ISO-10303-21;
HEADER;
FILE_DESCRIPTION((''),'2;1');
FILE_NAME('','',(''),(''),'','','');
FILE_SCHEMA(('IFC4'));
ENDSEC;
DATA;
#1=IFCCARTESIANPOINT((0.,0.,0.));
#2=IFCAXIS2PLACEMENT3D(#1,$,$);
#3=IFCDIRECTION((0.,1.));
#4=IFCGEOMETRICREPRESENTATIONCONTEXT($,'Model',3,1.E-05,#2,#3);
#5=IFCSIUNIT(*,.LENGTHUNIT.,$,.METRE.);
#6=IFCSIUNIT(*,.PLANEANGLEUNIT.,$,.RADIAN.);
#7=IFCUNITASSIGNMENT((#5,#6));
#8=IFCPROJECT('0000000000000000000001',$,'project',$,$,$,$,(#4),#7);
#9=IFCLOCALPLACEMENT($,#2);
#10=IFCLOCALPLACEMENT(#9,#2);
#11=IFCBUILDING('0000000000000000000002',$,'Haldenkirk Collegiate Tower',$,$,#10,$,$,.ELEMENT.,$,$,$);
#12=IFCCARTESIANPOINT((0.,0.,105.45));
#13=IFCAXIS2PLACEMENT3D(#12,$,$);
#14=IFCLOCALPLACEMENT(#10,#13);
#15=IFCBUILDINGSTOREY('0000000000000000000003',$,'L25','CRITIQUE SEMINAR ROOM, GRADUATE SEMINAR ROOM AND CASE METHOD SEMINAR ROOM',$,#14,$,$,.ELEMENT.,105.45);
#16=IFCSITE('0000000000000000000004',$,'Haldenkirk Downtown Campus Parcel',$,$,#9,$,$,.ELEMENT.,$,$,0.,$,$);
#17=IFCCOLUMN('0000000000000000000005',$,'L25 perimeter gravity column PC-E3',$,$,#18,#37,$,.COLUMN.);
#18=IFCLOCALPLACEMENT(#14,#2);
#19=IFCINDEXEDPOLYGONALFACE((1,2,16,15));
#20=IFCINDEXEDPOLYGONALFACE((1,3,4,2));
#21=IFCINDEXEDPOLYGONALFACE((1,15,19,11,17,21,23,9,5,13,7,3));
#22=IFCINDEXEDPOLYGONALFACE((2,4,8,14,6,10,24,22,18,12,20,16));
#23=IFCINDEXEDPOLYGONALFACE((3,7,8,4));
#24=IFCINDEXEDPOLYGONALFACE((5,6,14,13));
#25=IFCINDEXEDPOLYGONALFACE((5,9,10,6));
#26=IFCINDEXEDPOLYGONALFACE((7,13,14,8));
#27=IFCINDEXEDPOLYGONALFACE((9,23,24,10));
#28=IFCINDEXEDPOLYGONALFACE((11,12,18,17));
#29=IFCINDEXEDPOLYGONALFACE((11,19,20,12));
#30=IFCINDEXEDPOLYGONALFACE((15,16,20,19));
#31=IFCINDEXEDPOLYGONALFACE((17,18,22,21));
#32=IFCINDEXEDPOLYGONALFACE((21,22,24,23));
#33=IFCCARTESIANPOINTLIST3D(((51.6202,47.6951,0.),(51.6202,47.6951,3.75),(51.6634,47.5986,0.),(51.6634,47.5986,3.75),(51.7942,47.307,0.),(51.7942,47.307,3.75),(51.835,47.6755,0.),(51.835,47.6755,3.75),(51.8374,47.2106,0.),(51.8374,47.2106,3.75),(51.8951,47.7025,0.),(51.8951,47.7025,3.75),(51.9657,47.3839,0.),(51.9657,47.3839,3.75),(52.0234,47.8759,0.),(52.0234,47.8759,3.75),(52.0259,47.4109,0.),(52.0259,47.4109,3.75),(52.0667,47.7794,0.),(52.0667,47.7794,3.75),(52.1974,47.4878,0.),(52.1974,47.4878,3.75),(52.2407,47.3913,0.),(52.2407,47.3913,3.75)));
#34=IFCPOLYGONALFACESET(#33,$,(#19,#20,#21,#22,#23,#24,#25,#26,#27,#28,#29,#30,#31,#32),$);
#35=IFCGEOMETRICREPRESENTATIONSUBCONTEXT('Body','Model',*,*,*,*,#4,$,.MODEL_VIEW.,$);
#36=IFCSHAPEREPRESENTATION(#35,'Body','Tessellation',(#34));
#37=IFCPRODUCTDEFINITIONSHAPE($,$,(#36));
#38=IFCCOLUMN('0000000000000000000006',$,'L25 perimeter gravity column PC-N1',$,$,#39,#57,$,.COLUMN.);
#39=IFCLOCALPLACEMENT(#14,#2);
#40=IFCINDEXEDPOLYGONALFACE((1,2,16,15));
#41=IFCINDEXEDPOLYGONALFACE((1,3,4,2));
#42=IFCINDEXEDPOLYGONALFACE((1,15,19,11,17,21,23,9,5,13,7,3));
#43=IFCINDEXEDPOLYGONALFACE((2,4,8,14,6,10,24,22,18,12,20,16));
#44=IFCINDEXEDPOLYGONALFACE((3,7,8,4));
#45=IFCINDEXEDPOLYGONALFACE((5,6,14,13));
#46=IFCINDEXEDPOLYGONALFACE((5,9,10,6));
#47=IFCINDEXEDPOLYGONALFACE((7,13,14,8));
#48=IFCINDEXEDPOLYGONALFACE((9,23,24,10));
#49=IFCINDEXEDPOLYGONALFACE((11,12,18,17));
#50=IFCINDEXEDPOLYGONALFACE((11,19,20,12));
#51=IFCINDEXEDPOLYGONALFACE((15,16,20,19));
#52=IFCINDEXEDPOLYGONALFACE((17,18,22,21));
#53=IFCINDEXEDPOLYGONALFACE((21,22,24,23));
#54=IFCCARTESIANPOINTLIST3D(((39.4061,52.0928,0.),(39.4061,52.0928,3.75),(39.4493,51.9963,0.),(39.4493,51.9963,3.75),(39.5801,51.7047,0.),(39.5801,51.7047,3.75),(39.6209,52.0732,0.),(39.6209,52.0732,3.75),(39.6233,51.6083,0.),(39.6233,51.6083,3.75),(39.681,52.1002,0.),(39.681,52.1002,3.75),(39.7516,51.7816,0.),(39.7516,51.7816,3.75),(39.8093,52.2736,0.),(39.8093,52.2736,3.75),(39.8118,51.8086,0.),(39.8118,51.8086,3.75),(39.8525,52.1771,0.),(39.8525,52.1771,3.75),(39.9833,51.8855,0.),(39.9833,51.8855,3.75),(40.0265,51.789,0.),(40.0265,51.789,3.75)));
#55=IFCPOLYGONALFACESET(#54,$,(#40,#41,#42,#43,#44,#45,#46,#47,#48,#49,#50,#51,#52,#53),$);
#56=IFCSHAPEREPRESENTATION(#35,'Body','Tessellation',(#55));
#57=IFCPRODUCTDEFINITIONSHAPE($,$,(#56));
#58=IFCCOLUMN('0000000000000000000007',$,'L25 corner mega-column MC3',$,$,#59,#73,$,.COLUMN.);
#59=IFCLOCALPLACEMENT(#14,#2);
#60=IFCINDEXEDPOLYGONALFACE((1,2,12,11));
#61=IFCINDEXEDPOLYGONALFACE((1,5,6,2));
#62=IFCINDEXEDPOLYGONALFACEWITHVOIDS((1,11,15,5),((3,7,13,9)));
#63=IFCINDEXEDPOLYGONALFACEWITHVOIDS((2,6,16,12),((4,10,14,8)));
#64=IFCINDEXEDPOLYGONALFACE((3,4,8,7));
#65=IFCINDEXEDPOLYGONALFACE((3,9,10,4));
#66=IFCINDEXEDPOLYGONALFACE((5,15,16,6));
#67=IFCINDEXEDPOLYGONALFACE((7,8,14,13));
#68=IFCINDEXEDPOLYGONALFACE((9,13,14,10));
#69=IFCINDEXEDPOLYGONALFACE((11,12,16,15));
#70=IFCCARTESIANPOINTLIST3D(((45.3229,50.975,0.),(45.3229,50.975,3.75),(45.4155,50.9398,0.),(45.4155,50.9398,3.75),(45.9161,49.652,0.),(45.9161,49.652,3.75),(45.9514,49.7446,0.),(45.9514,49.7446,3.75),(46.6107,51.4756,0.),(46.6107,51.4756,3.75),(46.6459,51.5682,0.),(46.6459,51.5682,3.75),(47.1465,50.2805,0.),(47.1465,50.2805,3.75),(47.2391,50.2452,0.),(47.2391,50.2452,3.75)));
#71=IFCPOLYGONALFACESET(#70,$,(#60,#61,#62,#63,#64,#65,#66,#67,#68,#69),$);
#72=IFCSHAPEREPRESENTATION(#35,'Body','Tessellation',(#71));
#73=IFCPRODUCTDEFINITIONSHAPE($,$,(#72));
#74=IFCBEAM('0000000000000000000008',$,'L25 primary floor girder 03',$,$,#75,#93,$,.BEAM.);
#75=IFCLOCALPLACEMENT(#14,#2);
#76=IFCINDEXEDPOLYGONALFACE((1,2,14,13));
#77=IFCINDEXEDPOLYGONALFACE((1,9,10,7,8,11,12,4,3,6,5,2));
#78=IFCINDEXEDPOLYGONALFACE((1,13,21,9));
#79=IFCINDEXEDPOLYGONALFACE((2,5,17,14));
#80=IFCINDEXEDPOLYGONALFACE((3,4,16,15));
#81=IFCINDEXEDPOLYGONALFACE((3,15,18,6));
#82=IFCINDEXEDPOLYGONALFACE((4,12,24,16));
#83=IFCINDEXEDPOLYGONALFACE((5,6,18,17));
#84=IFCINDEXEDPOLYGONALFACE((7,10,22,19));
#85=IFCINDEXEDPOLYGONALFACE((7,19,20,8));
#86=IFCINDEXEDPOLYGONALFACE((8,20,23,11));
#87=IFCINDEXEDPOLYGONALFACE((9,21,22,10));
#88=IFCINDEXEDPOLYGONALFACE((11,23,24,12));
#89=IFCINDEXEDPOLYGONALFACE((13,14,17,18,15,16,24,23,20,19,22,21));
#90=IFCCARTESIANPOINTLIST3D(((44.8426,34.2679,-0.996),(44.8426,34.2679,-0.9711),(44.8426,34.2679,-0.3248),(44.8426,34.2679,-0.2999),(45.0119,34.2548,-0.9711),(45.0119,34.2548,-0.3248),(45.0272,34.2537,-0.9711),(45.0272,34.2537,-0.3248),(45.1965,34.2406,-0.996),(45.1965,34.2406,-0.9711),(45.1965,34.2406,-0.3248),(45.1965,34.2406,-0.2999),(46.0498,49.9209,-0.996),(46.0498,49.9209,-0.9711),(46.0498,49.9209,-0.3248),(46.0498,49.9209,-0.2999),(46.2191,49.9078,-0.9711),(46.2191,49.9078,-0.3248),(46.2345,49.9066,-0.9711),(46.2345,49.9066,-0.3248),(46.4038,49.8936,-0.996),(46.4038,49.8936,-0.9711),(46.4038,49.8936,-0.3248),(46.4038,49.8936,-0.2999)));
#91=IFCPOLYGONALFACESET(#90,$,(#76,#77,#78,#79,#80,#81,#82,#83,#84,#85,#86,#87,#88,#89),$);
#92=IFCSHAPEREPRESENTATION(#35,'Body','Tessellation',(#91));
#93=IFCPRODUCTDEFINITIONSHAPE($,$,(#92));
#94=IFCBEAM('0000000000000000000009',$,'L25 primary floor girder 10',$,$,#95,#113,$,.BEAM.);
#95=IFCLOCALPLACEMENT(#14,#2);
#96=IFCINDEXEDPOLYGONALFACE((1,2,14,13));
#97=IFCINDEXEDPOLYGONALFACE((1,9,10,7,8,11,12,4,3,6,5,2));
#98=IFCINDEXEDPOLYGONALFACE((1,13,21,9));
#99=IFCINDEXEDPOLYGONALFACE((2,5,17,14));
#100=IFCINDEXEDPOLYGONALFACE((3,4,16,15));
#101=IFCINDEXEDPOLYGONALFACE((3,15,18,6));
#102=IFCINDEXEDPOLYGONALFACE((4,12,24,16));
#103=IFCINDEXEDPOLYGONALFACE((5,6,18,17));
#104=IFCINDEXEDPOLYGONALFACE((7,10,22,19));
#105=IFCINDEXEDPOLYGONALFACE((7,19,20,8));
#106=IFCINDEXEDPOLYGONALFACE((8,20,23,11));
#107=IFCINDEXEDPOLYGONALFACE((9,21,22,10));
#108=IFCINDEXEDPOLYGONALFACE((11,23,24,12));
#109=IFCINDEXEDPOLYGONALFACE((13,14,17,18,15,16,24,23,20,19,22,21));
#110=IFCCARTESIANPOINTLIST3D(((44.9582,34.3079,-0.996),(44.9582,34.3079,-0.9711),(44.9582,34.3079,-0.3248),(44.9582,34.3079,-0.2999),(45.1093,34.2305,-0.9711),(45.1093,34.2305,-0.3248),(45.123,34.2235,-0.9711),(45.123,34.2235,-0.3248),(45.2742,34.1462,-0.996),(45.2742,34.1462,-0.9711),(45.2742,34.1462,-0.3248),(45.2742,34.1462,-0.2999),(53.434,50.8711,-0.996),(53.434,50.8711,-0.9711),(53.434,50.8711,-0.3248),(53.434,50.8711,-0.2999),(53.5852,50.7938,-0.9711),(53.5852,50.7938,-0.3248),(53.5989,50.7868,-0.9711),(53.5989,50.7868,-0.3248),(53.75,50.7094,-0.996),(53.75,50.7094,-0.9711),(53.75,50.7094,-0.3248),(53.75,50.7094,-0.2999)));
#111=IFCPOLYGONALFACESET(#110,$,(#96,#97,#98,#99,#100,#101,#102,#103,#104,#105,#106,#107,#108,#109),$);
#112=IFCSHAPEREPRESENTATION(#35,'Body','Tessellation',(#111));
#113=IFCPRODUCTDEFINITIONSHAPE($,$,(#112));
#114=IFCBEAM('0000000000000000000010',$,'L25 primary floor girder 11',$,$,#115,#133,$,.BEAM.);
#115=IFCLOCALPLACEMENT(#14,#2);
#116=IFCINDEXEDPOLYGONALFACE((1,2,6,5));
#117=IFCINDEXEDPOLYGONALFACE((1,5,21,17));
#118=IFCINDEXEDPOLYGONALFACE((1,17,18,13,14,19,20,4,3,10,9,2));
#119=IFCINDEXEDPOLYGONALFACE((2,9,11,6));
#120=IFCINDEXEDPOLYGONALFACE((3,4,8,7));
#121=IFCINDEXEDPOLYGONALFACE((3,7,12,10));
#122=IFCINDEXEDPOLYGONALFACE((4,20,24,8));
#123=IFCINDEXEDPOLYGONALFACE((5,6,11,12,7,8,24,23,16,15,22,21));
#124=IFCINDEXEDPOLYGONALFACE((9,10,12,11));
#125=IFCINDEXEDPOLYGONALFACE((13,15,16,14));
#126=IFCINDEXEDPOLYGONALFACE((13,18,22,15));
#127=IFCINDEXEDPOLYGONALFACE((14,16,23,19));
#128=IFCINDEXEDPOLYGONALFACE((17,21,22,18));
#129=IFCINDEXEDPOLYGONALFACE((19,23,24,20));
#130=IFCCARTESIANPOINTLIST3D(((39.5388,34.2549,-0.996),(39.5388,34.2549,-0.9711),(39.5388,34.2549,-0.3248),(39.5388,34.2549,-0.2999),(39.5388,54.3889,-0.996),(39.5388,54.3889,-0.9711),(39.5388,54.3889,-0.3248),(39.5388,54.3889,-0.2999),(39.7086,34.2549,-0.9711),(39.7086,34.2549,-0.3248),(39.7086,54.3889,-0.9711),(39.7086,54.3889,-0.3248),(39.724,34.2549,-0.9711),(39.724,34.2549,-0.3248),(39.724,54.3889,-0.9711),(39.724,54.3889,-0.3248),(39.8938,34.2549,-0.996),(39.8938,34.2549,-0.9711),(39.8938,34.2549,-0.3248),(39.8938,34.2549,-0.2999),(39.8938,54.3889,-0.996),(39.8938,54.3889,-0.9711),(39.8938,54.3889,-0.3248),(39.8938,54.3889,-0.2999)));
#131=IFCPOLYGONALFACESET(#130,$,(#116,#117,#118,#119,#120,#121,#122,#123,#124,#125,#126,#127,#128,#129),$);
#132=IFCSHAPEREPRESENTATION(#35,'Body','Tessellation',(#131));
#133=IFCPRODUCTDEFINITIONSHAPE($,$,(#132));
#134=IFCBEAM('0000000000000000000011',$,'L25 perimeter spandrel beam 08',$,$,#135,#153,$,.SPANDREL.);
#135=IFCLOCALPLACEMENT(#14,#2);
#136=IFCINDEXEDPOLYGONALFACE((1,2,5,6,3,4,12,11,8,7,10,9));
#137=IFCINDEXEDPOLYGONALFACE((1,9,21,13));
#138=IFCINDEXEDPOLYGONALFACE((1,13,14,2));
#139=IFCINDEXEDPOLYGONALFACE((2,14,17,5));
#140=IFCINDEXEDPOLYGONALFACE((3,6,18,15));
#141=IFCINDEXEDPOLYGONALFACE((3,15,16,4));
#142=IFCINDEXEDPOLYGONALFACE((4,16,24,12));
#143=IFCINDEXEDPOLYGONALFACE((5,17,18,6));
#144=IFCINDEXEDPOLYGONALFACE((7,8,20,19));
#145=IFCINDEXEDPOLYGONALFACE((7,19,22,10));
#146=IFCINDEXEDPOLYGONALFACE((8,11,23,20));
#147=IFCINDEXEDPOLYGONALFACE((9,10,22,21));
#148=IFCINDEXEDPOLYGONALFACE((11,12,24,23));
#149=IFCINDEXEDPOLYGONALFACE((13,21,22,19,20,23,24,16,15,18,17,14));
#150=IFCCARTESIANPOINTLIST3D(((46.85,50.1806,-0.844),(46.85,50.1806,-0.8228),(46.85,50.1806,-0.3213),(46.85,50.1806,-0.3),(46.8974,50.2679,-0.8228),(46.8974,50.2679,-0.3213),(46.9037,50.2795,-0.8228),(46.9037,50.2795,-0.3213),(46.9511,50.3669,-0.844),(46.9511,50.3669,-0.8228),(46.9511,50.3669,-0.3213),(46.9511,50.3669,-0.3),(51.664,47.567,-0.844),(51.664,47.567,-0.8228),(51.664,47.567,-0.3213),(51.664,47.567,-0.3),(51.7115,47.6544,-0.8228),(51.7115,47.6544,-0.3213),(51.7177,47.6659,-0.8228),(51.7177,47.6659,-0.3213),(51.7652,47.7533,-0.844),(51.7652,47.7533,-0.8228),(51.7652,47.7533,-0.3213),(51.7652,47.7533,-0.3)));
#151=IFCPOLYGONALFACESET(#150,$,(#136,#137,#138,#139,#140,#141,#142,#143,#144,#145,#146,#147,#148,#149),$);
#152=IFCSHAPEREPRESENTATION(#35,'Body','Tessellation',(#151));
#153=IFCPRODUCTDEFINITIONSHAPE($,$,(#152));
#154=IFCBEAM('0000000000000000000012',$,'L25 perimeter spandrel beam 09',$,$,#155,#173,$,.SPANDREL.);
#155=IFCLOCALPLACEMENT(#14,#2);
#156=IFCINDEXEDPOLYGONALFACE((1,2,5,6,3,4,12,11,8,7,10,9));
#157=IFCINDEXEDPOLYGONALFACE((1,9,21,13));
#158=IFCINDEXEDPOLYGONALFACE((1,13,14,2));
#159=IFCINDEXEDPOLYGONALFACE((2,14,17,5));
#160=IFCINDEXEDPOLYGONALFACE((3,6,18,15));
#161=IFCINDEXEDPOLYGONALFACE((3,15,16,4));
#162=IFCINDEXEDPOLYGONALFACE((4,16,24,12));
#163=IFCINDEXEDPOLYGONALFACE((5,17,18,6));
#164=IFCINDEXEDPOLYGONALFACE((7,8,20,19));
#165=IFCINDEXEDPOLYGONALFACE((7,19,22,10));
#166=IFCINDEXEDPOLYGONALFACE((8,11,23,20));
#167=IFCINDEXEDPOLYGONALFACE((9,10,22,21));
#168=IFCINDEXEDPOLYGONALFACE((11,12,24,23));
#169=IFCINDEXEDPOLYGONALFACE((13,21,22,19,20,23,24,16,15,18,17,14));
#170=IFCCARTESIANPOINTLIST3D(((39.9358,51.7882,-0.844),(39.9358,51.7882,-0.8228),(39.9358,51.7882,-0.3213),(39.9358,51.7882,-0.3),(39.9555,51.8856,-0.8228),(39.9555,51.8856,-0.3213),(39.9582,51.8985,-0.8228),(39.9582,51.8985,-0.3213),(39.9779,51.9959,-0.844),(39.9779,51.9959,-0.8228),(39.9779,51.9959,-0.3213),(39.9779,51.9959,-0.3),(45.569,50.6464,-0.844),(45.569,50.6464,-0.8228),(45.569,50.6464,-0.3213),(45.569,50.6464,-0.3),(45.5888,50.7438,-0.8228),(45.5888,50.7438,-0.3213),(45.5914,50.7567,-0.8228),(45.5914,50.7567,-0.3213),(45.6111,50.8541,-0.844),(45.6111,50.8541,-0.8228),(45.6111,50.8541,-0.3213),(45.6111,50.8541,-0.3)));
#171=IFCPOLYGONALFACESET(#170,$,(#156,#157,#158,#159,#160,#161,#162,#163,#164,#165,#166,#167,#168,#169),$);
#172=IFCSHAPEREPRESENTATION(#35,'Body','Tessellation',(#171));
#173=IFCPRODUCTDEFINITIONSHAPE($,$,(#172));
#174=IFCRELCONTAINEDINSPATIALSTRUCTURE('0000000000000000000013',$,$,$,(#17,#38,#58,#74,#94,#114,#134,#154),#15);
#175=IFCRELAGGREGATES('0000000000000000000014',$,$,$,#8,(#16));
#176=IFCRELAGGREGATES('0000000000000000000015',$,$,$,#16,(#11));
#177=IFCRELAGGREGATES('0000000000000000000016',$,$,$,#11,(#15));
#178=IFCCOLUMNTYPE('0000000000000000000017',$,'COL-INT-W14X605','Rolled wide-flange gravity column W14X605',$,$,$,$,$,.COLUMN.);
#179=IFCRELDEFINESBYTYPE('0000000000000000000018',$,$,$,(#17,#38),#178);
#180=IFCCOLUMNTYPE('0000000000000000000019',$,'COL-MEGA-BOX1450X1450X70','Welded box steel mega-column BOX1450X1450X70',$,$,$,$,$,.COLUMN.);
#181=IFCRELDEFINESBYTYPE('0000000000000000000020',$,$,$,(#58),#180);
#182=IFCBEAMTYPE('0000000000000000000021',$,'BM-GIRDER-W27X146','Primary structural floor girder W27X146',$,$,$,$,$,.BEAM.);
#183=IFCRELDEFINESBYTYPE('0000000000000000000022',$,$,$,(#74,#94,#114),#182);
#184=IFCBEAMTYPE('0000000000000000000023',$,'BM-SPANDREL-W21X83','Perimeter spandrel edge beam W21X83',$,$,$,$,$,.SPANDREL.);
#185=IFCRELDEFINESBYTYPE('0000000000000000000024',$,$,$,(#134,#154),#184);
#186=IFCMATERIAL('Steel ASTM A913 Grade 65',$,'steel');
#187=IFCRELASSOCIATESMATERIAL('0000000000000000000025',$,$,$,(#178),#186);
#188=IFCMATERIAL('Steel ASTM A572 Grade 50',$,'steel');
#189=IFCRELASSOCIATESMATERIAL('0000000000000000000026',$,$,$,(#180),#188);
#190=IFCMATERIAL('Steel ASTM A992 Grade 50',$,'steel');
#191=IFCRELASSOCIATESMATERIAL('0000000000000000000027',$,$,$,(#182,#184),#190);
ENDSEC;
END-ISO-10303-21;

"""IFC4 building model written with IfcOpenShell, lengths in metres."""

from ifc_helpers import new_model, si_unit, direction, frame, origin, origin_2d, place, context, subcontext, project, spatial, hollow_rectangle, i_section, extrude, material, material_profile, profile_set, type_object, element, save


model = new_model("IFC4")

# Units and contexts
model_context = context("Model", 3, precision=1e-05, world=origin(), true_north=direction((0.0, 1.0)))
body_context = subcontext(model_context, "Body", "Model", "MODEL_VIEW")
ifc_project = project(units=[si_unit("LENGTHUNIT", "METRE"), si_unit("PLANEANGLEUNIT", "RADIAN")], contexts=[model_context])

# Site, building, storey
site_placement = place(None, origin())
site = spatial("IfcSite", under=ifc_project, at=site_placement, Name="Haldenkirk Downtown Campus Parcel", CompositionType="ELEMENT", RefElevation=0.0)
building_placement = place(site_placement, origin())
building = spatial("IfcBuilding", under=site, at=building_placement, Name="Haldenkirk Collegiate Tower", CompositionType="ELEMENT")
storey_placement = place(building_placement, frame((0.0, 0.0, 105.45)))
storey = spatial("IfcBuildingStorey", under=building, at=storey_placement, Name="L25", Description="CRITIQUE SEMINAR ROOM, GRADUATE SEMINAR ROOM AND CASE METHOD SEMINAR ROOM", CompositionType="ELEMENT", Elevation=105.45)

# Columns
ifc_material_1 = material(Name="Steel ASTM A913 Grade 65", Category="steel")
ifc_material_profile_1 = material_profile(ifc_material_1, i_section(OverallWidth=0.4419, OverallDepth=0.531, WebThickness=0.0659, FlangeThickness=0.1057, at=origin_2d()), Name="W14X605")
ifc_profile_set_1 = profile_set([ifc_material_profile_1], Name="Steel ASTM A913 Grade 65")
column_type_1 = type_object("IfcColumnType", Name="COL-INT-W14X605", Description="Rolled wide-flange gravity column W14X605", PredefinedType="COLUMN", material=ifc_profile_set_1)
for number, where, z_axis, x_axis, name in (
    (1, (51.9304, 47.5432, 0.0), (0.0, 0.0, 1.0), (0.912477, 0.409127, 0.0), "L25 perimeter gravity column PC-E3"),
    (2, (39.7163, 51.9409, 0.0), (0.0, 0.0, 1.0), (0.912477, 0.409127, 0.0), "L25 perimeter gravity column PC-N1"),
):
    element("IfcColumn", number, at=place(storey_placement, frame(where, z_axis=z_axis, x_axis=x_axis)), inside=storey, type_object=column_type_1, Name=name, PredefinedType="COLUMN", context=body_context, shape_type="SweptSolid", body=[
        extrude(i_section(OverallWidth=0.4419, OverallDepth=0.531, WebThickness=0.0659, FlangeThickness=0.1057, at=origin_2d()), origin(), (0.0, 0.0, 1.0), 3.75),
    ])
ifc_material_2 = material(Name="Steel ASTM A572 Grade 50", Category="steel")
ifc_material_profile_2 = material_profile(ifc_material_2, hollow_rectangle(XDim=1.45, YDim=1.45, WallThickness=0.0701, at=origin_2d()), Name="BOX1450X1450X70")
ifc_profile_set_2 = profile_set([ifc_material_profile_2], Name="Steel ASTM A572 Grade 50")
column_type_2 = type_object("IfcColumnType", Name="COL-MEGA-BOX1450X1450X70", Description="Welded box steel mega-column BOX1450X1450X70", PredefinedType="COLUMN", material=ifc_profile_set_2)
column_placement = place(storey_placement, frame((46.281, 50.6101, 0.0), z_axis=(0.0, 0.0, 1.0), x_axis=(0.912477, 0.409127, 0.0)))
element("IfcColumn", 3, at=column_placement, inside=storey, type_object=column_type_2, Name="L25 corner mega-column MC3", PredefinedType="COLUMN", context=body_context, shape_type="SweptSolid", body=[
    extrude(hollow_rectangle(XDim=1.45, YDim=1.45, WallThickness=0.0701, at=origin_2d()), origin(), (0.0, 0.0, 1.0), 3.75),
])

# Beams
ifc_material_3 = material(Name="Steel ASTM A992 Grade 50", Category="steel")
ifc_material_profile_3 = material_profile(ifc_material_3, i_section(OverallWidth=0.355, OverallDepth=0.696, WebThickness=0.0154, FlangeThickness=0.0249, at=origin_2d()), Name="W27X146")
ifc_profile_set_3 = profile_set([ifc_material_profile_3], Name="Steel ASTM A992 Grade 50")
beam_type_1 = type_object("IfcBeamType", Name="BM-GIRDER-W27X146", Description="Primary structural floor girder W27X146", PredefinedType="BEAM", material=ifc_profile_set_3)
beam_1_placement = place(storey_placement, frame((46.2268, 49.9072, -0.6479), z_axis=(-0.076899, -0.997039, 0.0), x_axis=(0.997039, -0.076899, 0.0)))
element("IfcBeam", 4, at=beam_1_placement, inside=storey, type_object=beam_type_1, Name="L25 primary floor girder 03", PredefinedType="BEAM", context=body_context, shape_type="SweptSolid", body=[
    extrude(i_section(OverallWidth=0.355, OverallDepth=0.696, WebThickness=0.0154, FlangeThickness=0.0249, at=origin_2d()), origin(), (0.0, 0.0, 1.0), 15.6995),
])
beam_2_placement = place(storey_placement, frame((53.592, 50.7903, -0.6479), z_axis=(-0.455545, -0.890213, 0.0), x_axis=(0.890213, -0.455545, 0.0)))
element("IfcBeam", 5, at=beam_2_placement, inside=storey, type_object=beam_type_1, Name="L25 primary floor girder 10", PredefinedType="BEAM", context=body_context, shape_type="SweptSolid", body=[
    extrude(i_section(OverallWidth=0.355, OverallDepth=0.696, WebThickness=0.0154, FlangeThickness=0.0249, at=origin_2d()), origin(), (0.0, 0.0, 1.0), 18.606),
])
beam_3_placement = place(storey_placement, frame((39.7163, 54.3889, -0.6479), z_axis=(0.0, -1.0, 0.0), x_axis=(1.0, 0.0, 0.0)))
element("IfcBeam", 6, at=beam_3_placement, inside=storey, type_object=beam_type_1, Name="L25 primary floor girder 11", PredefinedType="BEAM", context=body_context, shape_type="SweptSolid", body=[
    extrude(i_section(OverallWidth=0.355, OverallDepth=0.696, WebThickness=0.0154, FlangeThickness=0.0249, at=origin_2d()), origin(), (0.0, 0.0, 1.0), 20.134),
])
ifc_material_profile_4 = material_profile(ifc_material_3, i_section(OverallWidth=0.2119, OverallDepth=0.5439, WebThickness=0.0132, FlangeThickness=0.0212, at=origin_2d()), Name="W21X83")
ifc_profile_set_4 = profile_set([ifc_material_profile_4], Name="Steel ASTM A992 Grade 50")
beam_type_2 = type_object("IfcBeamType", Name="BM-SPANDREL-W21X83", Description="Perimeter spandrel edge beam W21X83", PredefinedType="SPANDREL", material=ifc_profile_set_4)
beam_4_placement = place(storey_placement, frame((51.7146, 47.6602, -0.572), z_axis=(-0.878836, 0.477124, 0.0), x_axis=(-0.477124, -0.878836, 0.0)))
element("IfcBeam", 7, at=beam_4_placement, inside=storey, type_object=beam_type_2, Name="L25 perimeter spandrel beam 08", PredefinedType="SPANDREL", context=body_context, shape_type="SweptSolid", body=[
    extrude(i_section(OverallWidth=0.2119, OverallDepth=0.5439, WebThickness=0.0132, FlangeThickness=0.0212, at=origin_2d()), origin(), (0.0, 0.0, 1.0), 5.4778),
])
beam_5_placement = place(storey_placement, frame((45.5901, 50.7502, -0.572), z_axis=(-0.980069, 0.198656, 0.0), x_axis=(-0.198656, -0.980069, 0.0)))
element("IfcBeam", 8, at=beam_5_placement, inside=storey, type_object=beam_type_2, Name="L25 perimeter spandrel beam 09", PredefinedType="SPANDREL", context=body_context, shape_type="SweptSolid", body=[
    extrude(i_section(OverallWidth=0.2119, OverallDepth=0.5439, WebThickness=0.0132, FlangeThickness=0.0212, at=origin_2d()), origin(), (0.0, 0.0, 1.0), 5.7478),
])

save(model, "model.ifc")
